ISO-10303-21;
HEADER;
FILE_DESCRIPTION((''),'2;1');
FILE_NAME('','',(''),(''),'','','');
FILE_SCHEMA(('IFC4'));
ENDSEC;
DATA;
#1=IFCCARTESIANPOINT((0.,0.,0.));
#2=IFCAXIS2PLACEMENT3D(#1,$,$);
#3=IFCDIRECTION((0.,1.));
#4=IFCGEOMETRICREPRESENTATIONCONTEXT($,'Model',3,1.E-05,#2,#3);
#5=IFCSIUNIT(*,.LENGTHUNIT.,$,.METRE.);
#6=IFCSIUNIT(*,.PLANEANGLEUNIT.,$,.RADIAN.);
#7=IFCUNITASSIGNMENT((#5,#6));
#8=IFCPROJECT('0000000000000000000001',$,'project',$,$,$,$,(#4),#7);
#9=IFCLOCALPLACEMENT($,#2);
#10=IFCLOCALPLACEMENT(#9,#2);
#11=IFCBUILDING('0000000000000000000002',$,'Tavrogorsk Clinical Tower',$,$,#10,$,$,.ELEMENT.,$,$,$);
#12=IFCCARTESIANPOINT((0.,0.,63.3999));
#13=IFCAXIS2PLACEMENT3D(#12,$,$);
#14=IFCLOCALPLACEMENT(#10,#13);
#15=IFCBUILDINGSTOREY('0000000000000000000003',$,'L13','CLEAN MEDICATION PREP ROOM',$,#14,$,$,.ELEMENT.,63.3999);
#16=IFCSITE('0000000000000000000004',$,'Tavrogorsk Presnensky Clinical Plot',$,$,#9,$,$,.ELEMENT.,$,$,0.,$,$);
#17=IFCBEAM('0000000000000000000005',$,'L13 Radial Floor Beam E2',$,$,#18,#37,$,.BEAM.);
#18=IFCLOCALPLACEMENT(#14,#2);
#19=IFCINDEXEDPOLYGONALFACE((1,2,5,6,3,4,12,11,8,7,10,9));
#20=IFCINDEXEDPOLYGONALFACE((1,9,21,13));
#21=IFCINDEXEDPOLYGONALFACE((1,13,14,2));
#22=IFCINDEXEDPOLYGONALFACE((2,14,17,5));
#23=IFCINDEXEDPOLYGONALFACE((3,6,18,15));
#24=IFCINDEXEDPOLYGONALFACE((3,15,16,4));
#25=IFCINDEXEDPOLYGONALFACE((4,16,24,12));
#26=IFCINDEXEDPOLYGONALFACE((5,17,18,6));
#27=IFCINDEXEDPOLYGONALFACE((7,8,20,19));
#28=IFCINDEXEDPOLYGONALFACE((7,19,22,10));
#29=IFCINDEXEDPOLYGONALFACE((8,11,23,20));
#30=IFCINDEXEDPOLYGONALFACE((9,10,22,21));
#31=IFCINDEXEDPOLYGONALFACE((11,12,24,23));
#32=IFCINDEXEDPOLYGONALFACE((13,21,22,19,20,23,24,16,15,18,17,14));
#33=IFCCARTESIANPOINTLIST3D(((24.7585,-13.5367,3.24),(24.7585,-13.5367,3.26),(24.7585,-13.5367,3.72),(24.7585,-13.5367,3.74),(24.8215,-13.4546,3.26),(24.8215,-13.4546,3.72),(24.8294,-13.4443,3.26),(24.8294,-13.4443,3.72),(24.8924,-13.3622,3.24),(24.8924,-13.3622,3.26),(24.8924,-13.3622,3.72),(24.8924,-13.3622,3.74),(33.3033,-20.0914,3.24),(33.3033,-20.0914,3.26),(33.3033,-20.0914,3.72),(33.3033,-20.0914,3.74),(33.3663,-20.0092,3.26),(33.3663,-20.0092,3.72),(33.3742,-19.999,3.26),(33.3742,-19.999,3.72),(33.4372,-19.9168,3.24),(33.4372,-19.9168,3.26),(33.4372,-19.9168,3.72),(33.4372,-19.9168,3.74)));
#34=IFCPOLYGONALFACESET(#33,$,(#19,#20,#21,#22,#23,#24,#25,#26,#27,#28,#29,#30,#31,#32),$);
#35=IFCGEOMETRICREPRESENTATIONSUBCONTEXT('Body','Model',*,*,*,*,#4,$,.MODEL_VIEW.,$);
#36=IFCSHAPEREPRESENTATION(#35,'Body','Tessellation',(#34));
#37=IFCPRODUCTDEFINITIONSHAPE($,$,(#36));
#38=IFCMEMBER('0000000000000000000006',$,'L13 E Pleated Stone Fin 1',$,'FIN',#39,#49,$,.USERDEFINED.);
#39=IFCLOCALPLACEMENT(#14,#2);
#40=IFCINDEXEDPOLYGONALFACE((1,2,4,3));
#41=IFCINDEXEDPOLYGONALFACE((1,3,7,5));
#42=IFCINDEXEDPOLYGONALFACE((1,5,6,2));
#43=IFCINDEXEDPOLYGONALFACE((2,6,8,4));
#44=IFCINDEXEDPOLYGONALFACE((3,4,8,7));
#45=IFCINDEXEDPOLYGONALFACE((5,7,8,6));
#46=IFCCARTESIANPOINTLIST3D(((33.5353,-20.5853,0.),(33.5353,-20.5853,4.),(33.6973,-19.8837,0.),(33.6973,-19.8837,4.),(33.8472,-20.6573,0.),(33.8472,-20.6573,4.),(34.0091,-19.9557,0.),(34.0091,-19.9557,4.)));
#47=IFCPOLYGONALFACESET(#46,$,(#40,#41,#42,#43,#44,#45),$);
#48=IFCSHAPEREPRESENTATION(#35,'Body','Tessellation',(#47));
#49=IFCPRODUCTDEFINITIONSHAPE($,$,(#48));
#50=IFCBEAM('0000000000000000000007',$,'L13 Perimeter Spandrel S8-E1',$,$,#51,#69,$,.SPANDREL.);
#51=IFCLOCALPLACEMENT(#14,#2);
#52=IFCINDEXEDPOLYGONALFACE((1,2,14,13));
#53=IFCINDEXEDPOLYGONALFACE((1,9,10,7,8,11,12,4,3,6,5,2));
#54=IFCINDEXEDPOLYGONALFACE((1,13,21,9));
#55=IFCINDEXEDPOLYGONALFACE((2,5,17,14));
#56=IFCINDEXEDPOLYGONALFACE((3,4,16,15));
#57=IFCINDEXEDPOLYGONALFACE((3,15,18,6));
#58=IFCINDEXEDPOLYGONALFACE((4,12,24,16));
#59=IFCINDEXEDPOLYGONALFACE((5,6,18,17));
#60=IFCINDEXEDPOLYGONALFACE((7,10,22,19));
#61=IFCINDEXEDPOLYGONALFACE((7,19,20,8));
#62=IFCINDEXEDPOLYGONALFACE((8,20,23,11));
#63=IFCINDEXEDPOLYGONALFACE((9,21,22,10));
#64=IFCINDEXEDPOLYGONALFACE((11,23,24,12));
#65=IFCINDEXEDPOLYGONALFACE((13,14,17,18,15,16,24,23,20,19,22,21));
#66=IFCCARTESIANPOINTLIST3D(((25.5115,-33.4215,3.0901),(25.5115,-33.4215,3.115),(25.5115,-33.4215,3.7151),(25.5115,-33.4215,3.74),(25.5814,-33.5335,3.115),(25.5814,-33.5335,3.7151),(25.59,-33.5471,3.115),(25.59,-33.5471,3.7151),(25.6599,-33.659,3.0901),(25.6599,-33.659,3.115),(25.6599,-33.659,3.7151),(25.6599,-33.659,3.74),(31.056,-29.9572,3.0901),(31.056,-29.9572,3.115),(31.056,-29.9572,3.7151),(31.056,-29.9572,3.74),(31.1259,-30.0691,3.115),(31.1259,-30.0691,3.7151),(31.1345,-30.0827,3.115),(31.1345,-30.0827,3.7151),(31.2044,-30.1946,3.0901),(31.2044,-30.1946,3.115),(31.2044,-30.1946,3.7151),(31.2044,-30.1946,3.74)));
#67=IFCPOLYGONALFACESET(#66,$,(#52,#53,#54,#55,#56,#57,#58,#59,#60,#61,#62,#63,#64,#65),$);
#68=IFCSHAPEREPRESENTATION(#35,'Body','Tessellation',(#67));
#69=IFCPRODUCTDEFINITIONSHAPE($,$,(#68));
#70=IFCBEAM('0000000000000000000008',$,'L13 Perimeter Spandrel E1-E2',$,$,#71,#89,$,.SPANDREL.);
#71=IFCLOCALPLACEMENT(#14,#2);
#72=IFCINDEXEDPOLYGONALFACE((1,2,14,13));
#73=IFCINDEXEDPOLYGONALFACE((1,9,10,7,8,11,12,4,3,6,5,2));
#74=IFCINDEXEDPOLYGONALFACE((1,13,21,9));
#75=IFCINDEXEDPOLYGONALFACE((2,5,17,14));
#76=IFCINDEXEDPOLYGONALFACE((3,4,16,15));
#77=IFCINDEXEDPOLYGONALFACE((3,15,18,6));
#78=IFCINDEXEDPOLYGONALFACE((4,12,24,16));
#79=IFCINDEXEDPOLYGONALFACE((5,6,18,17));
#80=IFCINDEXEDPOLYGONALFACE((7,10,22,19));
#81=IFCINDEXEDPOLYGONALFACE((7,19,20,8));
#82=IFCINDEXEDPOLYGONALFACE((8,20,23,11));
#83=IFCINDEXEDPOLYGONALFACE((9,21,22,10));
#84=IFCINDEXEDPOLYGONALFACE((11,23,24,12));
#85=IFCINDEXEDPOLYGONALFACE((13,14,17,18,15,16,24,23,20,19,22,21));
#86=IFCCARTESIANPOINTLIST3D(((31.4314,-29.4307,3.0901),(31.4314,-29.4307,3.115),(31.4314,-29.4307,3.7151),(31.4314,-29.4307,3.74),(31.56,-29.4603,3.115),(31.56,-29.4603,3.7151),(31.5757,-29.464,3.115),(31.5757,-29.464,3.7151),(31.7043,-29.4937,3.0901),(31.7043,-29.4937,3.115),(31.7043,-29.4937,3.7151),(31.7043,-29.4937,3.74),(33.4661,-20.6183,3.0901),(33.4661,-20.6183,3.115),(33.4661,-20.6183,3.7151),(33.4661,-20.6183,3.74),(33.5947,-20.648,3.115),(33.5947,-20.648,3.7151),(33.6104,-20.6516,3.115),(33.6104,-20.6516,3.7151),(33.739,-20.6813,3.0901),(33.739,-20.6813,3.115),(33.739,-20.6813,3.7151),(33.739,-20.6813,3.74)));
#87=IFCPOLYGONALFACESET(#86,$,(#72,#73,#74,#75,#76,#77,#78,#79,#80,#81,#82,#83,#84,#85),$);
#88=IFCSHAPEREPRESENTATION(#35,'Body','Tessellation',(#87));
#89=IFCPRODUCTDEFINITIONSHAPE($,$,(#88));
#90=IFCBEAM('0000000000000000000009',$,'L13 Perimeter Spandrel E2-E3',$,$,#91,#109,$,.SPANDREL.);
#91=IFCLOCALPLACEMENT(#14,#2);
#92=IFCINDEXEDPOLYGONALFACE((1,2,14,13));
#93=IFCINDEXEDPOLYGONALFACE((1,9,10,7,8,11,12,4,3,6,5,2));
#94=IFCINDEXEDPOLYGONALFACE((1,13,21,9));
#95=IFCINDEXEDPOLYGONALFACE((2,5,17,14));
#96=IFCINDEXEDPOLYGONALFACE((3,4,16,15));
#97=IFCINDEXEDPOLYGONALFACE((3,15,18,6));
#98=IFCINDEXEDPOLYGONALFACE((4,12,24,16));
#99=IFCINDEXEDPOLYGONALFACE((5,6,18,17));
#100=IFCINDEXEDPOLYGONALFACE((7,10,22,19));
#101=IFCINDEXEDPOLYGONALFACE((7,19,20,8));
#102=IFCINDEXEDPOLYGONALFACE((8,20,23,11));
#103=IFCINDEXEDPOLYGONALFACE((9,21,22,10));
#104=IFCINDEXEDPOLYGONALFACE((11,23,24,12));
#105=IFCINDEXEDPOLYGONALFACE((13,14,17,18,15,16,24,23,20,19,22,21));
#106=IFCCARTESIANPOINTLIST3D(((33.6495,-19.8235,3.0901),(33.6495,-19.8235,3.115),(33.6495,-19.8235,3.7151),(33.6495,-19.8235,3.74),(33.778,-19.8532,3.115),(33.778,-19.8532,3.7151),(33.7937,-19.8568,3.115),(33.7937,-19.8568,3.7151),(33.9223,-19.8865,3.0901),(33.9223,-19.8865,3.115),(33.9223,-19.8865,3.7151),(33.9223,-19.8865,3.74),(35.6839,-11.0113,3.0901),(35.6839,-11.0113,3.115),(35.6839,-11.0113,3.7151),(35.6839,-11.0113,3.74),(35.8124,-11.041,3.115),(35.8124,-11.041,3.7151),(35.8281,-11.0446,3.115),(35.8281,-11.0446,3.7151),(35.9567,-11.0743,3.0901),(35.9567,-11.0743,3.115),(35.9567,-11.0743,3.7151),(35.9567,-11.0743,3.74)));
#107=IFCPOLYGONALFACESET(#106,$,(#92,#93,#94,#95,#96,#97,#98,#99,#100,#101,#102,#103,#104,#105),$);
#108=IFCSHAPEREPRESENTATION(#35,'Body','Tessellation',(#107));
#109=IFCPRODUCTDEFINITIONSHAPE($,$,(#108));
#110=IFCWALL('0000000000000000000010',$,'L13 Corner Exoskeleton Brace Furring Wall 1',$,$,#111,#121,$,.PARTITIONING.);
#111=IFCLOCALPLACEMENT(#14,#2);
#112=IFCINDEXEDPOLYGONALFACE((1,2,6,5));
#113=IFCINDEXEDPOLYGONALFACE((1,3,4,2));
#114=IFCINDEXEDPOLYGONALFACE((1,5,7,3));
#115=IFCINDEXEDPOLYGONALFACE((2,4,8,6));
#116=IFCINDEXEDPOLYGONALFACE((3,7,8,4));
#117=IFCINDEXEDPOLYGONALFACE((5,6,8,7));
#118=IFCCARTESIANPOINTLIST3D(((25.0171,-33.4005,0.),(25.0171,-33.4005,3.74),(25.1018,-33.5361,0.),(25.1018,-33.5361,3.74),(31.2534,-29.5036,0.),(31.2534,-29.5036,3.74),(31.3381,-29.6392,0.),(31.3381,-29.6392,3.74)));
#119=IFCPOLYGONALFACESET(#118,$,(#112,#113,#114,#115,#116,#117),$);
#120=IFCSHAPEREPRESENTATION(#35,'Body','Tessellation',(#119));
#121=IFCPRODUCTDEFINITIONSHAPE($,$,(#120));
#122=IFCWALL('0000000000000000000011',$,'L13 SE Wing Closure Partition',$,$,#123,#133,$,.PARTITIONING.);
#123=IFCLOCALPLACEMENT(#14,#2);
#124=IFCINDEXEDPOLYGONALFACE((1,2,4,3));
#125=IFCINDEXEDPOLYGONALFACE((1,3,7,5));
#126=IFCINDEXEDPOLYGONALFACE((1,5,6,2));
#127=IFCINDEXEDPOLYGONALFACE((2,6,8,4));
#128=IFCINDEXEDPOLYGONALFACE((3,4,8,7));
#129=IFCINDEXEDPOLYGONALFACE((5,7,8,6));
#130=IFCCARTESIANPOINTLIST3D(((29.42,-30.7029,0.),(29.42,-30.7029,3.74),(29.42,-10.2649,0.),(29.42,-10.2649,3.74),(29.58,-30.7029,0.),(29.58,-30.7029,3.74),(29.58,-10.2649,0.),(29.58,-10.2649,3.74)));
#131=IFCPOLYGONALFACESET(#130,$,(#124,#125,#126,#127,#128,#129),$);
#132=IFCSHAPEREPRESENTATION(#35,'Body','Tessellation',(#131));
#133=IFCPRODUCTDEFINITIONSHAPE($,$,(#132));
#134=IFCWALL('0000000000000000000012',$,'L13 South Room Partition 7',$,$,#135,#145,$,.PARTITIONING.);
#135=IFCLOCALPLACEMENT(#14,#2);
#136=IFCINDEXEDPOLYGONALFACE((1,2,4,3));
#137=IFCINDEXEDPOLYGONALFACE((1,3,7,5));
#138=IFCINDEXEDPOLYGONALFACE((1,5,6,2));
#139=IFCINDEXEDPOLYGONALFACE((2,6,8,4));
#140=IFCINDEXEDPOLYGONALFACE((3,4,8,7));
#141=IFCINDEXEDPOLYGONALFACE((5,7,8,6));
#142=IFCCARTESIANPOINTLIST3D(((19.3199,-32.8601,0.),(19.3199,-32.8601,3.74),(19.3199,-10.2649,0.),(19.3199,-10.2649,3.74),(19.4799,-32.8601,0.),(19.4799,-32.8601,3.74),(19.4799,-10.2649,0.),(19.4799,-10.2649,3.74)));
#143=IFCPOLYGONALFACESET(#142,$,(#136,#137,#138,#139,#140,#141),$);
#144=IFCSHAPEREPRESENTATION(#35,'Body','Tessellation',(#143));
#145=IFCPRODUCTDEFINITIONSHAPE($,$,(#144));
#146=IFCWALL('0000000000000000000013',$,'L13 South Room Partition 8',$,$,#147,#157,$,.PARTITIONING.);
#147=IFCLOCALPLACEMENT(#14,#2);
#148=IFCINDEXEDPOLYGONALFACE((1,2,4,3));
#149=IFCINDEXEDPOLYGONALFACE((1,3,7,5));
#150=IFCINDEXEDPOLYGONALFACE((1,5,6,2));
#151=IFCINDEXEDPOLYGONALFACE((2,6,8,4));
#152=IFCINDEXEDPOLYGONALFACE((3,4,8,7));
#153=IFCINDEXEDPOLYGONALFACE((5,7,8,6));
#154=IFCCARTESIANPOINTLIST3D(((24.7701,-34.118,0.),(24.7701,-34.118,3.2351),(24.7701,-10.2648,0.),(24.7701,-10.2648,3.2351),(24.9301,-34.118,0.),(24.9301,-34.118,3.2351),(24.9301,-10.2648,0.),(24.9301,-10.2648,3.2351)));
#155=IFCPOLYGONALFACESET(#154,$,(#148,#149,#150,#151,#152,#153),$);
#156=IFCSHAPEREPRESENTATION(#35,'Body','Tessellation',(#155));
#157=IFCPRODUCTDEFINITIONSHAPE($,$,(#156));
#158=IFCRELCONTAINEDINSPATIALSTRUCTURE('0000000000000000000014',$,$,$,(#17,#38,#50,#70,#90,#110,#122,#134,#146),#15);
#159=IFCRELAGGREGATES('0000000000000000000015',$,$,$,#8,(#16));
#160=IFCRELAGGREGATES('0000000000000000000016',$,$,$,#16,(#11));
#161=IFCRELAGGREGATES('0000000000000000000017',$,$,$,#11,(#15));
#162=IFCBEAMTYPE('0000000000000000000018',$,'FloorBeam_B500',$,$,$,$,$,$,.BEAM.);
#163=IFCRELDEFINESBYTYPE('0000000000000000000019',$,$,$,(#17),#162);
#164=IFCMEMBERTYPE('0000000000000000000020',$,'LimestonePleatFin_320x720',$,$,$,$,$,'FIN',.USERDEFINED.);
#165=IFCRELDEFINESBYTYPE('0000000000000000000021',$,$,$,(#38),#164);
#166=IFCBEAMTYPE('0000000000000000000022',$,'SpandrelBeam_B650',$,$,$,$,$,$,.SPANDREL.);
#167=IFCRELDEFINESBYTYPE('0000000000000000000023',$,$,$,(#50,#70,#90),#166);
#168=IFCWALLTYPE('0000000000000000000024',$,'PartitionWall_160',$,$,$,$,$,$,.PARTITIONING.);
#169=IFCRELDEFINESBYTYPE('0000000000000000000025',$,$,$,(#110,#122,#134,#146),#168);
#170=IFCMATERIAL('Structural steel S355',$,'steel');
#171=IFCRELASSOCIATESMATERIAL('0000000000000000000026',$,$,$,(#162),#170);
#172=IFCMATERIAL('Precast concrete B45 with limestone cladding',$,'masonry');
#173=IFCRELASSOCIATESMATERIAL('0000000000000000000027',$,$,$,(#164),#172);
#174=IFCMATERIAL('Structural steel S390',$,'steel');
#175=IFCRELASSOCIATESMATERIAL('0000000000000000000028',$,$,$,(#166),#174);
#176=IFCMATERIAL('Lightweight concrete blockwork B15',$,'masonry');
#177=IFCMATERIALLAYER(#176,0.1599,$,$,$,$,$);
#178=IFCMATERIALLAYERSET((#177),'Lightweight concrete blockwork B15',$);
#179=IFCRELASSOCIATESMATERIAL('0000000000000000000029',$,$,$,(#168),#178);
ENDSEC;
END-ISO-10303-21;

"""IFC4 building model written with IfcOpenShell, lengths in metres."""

from ifc_helpers import new_model, si_unit, direction, frame, frame_2d, origin, origin_2d, place, context, subcontext, project, spatial, rectangle, i_section, extrude, material, layer, layer_set, material_profile, profile_set, type_object, element, save


model = new_model("IFC4")

# Units and contexts
model_context = context("Model", 3, precision=1e-05, world=origin(), true_north=direction((0.0, 1.0)))
body_context = subcontext(model_context, "Body", "Model", "MODEL_VIEW")
ifc_project = project(units=[si_unit("LENGTHUNIT", "METRE"), si_unit("PLANEANGLEUNIT", "RADIAN")], contexts=[model_context])

# Site, building, storey
site_placement = place(None, origin())
site = spatial("IfcSite", under=ifc_project, at=site_placement, Name="Tavrogorsk Presnensky Clinical Plot", CompositionType="ELEMENT", RefElevation=0.0)
building_placement = place(site_placement, origin())
building = spatial("IfcBuilding", under=site, at=building_placement, Name="Tavrogorsk Clinical Tower", CompositionType="ELEMENT")
storey_placement = place(building_placement, frame((0.0, 0.0, 63.3999)))
storey = spatial("IfcBuildingStorey", under=building, at=storey_placement, Name="L13", Description="CLEAN MEDICATION PREP ROOM", CompositionType="ELEMENT", Elevation=63.3999)

# Beam
ifc_material_1 = material(Name="Structural steel S355", Category="steel")
ifc_material_profile_1 = material_profile(ifc_material_1, i_section(OverallWidth=0.22, OverallDepth=0.5, WebThickness=0.0129, FlangeThickness=0.02, at=origin_2d()), Name="B-500x220x13x20")
ifc_profile_set_1 = profile_set([ifc_material_profile_1], Name="Structural steel S355")
beam_type_1 = type_object("IfcBeamType", Name="FloorBeam_B500", PredefinedType="BEAM", material=ifc_profile_set_1)
beam_1_placement = place(storey_placement, frame((24.8254, -13.4495, 3.49), z_axis=(0.793446, -0.608641, 0.0), x_axis=(0.608641, 0.793446, 0.0)))
element("IfcBeam", 1, at=beam_1_placement, inside=storey, type_object=beam_type_1, Name="L13 Radial Floor Beam E2", PredefinedType="BEAM", context=body_context, shape_type="SweptSolid", body=[
    extrude(i_section(OverallWidth=0.22, OverallDepth=0.5, WebThickness=0.0129, FlangeThickness=0.02, at=origin_2d()), origin(), (0.0, 0.0, 1.0), 10.7693),
])

# Member
ifc_material_2 = material(Name="Precast concrete B45 with limestone cladding", Category="masonry")
ifc_material_profile_2 = material_profile(ifc_material_2, rectangle(XDim=0.3201, YDim=0.72, at=origin_2d()), Name="LIMESTONE-FIN-320x720")
ifc_profile_set_2 = profile_set([ifc_material_profile_2], Name="Precast concrete B45 with limestone cladding")
member_type_1 = type_object("IfcMemberType", Name="LimestonePleatFin_320x720", ElementType="FIN", PredefinedType="USERDEFINED", material=ifc_profile_set_2)
member_1_placement = place(storey_placement, frame((33.7722, -20.2705, 0.0), z_axis=(0.0, 0.0, 1.0), x_axis=(0.97437, -0.224951, 0.0)))
element("IfcMember", 2, at=member_1_placement, inside=storey, type_object=member_type_1, Name="L13 E Pleated Stone Fin 1", ObjectType="FIN", PredefinedType="USERDEFINED", context=body_context, shape_type="SweptSolid", body=[
    extrude(rectangle(XDim=0.3201, YDim=0.72, at=origin_2d()), origin(), (0.0, 0.0, 1.0), 4.0),
])

# Beams
ifc_material_3 = material(Name="Structural steel S390", Category="steel")
ifc_material_profile_3 = material_profile(ifc_material_3, i_section(OverallWidth=0.28, OverallDepth=0.6499, WebThickness=0.0161, FlangeThickness=0.0249, at=origin_2d()), Name="B-650x280x16x25")
ifc_profile_set_3 = profile_set([ifc_material_profile_3], Name="Structural steel S390")
beam_type_2 = type_object("IfcBeamType", Name="SpandrelBeam_B650", PredefinedType="SPANDREL", material=ifc_profile_set_3)
beam_2_placement = place(storey_placement, frame((25.5857, -33.5403, 3.415), z_axis=(0.848061, 0.529898, 0.0), x_axis=(-0.529898, 0.848061, 0.0)))
element("IfcBeam", 3, at=beam_2_placement, inside=storey, type_object=beam_type_2, Name="L13 Perimeter Spandrel S8-E1", PredefinedType="SPANDREL", context=body_context, shape_type="SweptSolid", body=[
    extrude(i_section(OverallWidth=0.28, OverallDepth=0.6499, WebThickness=0.0161, FlangeThickness=0.0249, at=origin_2d()), origin(), (0.0, 0.0, 1.0), 6.5378),
])
beam_3_placement = place(storey_placement, frame((31.5679, -29.4622, 3.415), z_axis=(0.224972, 0.974365, 0.0), x_axis=(-0.974365, 0.224972, 0.0)))
element("IfcBeam", 4, at=beam_3_placement, inside=storey, type_object=beam_type_2, Name="L13 Perimeter Spandrel E1-E2", PredefinedType="SPANDREL", context=body_context, shape_type="SweptSolid", body=[
    extrude(i_section(OverallWidth=0.28, OverallDepth=0.6499, WebThickness=0.0161, FlangeThickness=0.0249, at=origin_2d()), origin(), (0.0, 0.0, 1.0), 9.0442),
])
beam_4_placement = place(storey_placement, frame((33.7859, -19.855, 3.415), z_axis=(0.224946, 0.974371, 0.0), x_axis=(-0.974371, 0.224946, 0.0)))
element("IfcBeam", 5, at=beam_4_placement, inside=storey, type_object=beam_type_2, Name="L13 Perimeter Spandrel E2-E3", PredefinedType="SPANDREL", context=body_context, shape_type="SweptSolid", body=[
    extrude(i_section(OverallWidth=0.28, OverallDepth=0.6499, WebThickness=0.0161, FlangeThickness=0.0249, at=origin_2d()), origin(), (0.0, 0.0, 1.0), 9.0439),
])

# Walls
ifc_material_4 = material(Name="Lightweight concrete blockwork B15", Category="masonry")
ifc_layer_1 = layer(ifc_material_4, 0.1599)
ifc_layer_set_1 = layer_set([ifc_layer_1], Name="Lightweight concrete blockwork B15")
wall_type_1 = type_object("IfcWallType", Name="PartitionWall_160", PredefinedType="PARTITIONING", material=ifc_layer_set_1)
wall_1_placement = place(storey_placement, frame((25.0596, -33.4683, 0.0), z_axis=(0.0, 0.0, 1.0), x_axis=(0.848043, 0.529927, 0.0)))
element("IfcWall", 6, at=wall_1_placement, inside=storey, type_object=wall_type_1, Name="L13 Corner Exoskeleton Brace Furring Wall 1", PredefinedType="PARTITIONING", context=body_context, shape_type="SweptSolid", body=[
    extrude(rectangle(XDim=7.3538, YDim=0.1599, at=frame_2d((3.6768, 0.0))), origin(), (0.0, 0.0, 1.0), 3.74),
])
wall_2_placement = place(storey_placement, frame((29.5, -30.7029, 0.0), z_axis=(0.0, 0.0, 1.0), x_axis=(0.0, 1.0, 0.0)))
element("IfcWall", 7, at=wall_2_placement, inside=storey, type_object=wall_type_1, Name="L13 SE Wing Closure Partition", PredefinedType="PARTITIONING", context=body_context, shape_type="SweptSolid", body=[
    extrude(rectangle(XDim=20.438, YDim=0.1599, at=frame_2d((10.219, 0.0))), origin(), (0.0, 0.0, 1.0), 3.74),
])
wall_3_placement = place(storey_placement, frame((19.3999, -32.8601, 0.0), z_axis=(0.0, 0.0, 1.0), x_axis=(0.0, 1.0, 0.0)))
element("IfcWall", 8, at=wall_3_placement, inside=storey, type_object=wall_type_1, Name="L13 South Room Partition 7", PredefinedType="PARTITIONING", context=body_context, shape_type="SweptSolid", body=[
    extrude(rectangle(XDim=22.5952, YDim=0.1599, at=frame_2d((11.2976, 0.0))), origin(), (0.0, 0.0, 1.0), 3.74),
])
wall_4_placement = place(storey_placement, frame((24.8501, -34.1182, 0.0), z_axis=(0.0, 0.0, 1.0), x_axis=(0.0, 1.0, 0.0)))
element("IfcWall", 9, at=wall_4_placement, inside=storey, type_object=wall_type_1, Name="L13 South Room Partition 8", PredefinedType="PARTITIONING", context=body_context, shape_type="SweptSolid", body=[
    extrude(rectangle(XDim=23.8533, YDim=0.1599, at=frame_2d((11.9268, 0.0))), origin(), (0.0, 0.0, 1.0), 3.2351),
])

save(model, "model.ifc")
